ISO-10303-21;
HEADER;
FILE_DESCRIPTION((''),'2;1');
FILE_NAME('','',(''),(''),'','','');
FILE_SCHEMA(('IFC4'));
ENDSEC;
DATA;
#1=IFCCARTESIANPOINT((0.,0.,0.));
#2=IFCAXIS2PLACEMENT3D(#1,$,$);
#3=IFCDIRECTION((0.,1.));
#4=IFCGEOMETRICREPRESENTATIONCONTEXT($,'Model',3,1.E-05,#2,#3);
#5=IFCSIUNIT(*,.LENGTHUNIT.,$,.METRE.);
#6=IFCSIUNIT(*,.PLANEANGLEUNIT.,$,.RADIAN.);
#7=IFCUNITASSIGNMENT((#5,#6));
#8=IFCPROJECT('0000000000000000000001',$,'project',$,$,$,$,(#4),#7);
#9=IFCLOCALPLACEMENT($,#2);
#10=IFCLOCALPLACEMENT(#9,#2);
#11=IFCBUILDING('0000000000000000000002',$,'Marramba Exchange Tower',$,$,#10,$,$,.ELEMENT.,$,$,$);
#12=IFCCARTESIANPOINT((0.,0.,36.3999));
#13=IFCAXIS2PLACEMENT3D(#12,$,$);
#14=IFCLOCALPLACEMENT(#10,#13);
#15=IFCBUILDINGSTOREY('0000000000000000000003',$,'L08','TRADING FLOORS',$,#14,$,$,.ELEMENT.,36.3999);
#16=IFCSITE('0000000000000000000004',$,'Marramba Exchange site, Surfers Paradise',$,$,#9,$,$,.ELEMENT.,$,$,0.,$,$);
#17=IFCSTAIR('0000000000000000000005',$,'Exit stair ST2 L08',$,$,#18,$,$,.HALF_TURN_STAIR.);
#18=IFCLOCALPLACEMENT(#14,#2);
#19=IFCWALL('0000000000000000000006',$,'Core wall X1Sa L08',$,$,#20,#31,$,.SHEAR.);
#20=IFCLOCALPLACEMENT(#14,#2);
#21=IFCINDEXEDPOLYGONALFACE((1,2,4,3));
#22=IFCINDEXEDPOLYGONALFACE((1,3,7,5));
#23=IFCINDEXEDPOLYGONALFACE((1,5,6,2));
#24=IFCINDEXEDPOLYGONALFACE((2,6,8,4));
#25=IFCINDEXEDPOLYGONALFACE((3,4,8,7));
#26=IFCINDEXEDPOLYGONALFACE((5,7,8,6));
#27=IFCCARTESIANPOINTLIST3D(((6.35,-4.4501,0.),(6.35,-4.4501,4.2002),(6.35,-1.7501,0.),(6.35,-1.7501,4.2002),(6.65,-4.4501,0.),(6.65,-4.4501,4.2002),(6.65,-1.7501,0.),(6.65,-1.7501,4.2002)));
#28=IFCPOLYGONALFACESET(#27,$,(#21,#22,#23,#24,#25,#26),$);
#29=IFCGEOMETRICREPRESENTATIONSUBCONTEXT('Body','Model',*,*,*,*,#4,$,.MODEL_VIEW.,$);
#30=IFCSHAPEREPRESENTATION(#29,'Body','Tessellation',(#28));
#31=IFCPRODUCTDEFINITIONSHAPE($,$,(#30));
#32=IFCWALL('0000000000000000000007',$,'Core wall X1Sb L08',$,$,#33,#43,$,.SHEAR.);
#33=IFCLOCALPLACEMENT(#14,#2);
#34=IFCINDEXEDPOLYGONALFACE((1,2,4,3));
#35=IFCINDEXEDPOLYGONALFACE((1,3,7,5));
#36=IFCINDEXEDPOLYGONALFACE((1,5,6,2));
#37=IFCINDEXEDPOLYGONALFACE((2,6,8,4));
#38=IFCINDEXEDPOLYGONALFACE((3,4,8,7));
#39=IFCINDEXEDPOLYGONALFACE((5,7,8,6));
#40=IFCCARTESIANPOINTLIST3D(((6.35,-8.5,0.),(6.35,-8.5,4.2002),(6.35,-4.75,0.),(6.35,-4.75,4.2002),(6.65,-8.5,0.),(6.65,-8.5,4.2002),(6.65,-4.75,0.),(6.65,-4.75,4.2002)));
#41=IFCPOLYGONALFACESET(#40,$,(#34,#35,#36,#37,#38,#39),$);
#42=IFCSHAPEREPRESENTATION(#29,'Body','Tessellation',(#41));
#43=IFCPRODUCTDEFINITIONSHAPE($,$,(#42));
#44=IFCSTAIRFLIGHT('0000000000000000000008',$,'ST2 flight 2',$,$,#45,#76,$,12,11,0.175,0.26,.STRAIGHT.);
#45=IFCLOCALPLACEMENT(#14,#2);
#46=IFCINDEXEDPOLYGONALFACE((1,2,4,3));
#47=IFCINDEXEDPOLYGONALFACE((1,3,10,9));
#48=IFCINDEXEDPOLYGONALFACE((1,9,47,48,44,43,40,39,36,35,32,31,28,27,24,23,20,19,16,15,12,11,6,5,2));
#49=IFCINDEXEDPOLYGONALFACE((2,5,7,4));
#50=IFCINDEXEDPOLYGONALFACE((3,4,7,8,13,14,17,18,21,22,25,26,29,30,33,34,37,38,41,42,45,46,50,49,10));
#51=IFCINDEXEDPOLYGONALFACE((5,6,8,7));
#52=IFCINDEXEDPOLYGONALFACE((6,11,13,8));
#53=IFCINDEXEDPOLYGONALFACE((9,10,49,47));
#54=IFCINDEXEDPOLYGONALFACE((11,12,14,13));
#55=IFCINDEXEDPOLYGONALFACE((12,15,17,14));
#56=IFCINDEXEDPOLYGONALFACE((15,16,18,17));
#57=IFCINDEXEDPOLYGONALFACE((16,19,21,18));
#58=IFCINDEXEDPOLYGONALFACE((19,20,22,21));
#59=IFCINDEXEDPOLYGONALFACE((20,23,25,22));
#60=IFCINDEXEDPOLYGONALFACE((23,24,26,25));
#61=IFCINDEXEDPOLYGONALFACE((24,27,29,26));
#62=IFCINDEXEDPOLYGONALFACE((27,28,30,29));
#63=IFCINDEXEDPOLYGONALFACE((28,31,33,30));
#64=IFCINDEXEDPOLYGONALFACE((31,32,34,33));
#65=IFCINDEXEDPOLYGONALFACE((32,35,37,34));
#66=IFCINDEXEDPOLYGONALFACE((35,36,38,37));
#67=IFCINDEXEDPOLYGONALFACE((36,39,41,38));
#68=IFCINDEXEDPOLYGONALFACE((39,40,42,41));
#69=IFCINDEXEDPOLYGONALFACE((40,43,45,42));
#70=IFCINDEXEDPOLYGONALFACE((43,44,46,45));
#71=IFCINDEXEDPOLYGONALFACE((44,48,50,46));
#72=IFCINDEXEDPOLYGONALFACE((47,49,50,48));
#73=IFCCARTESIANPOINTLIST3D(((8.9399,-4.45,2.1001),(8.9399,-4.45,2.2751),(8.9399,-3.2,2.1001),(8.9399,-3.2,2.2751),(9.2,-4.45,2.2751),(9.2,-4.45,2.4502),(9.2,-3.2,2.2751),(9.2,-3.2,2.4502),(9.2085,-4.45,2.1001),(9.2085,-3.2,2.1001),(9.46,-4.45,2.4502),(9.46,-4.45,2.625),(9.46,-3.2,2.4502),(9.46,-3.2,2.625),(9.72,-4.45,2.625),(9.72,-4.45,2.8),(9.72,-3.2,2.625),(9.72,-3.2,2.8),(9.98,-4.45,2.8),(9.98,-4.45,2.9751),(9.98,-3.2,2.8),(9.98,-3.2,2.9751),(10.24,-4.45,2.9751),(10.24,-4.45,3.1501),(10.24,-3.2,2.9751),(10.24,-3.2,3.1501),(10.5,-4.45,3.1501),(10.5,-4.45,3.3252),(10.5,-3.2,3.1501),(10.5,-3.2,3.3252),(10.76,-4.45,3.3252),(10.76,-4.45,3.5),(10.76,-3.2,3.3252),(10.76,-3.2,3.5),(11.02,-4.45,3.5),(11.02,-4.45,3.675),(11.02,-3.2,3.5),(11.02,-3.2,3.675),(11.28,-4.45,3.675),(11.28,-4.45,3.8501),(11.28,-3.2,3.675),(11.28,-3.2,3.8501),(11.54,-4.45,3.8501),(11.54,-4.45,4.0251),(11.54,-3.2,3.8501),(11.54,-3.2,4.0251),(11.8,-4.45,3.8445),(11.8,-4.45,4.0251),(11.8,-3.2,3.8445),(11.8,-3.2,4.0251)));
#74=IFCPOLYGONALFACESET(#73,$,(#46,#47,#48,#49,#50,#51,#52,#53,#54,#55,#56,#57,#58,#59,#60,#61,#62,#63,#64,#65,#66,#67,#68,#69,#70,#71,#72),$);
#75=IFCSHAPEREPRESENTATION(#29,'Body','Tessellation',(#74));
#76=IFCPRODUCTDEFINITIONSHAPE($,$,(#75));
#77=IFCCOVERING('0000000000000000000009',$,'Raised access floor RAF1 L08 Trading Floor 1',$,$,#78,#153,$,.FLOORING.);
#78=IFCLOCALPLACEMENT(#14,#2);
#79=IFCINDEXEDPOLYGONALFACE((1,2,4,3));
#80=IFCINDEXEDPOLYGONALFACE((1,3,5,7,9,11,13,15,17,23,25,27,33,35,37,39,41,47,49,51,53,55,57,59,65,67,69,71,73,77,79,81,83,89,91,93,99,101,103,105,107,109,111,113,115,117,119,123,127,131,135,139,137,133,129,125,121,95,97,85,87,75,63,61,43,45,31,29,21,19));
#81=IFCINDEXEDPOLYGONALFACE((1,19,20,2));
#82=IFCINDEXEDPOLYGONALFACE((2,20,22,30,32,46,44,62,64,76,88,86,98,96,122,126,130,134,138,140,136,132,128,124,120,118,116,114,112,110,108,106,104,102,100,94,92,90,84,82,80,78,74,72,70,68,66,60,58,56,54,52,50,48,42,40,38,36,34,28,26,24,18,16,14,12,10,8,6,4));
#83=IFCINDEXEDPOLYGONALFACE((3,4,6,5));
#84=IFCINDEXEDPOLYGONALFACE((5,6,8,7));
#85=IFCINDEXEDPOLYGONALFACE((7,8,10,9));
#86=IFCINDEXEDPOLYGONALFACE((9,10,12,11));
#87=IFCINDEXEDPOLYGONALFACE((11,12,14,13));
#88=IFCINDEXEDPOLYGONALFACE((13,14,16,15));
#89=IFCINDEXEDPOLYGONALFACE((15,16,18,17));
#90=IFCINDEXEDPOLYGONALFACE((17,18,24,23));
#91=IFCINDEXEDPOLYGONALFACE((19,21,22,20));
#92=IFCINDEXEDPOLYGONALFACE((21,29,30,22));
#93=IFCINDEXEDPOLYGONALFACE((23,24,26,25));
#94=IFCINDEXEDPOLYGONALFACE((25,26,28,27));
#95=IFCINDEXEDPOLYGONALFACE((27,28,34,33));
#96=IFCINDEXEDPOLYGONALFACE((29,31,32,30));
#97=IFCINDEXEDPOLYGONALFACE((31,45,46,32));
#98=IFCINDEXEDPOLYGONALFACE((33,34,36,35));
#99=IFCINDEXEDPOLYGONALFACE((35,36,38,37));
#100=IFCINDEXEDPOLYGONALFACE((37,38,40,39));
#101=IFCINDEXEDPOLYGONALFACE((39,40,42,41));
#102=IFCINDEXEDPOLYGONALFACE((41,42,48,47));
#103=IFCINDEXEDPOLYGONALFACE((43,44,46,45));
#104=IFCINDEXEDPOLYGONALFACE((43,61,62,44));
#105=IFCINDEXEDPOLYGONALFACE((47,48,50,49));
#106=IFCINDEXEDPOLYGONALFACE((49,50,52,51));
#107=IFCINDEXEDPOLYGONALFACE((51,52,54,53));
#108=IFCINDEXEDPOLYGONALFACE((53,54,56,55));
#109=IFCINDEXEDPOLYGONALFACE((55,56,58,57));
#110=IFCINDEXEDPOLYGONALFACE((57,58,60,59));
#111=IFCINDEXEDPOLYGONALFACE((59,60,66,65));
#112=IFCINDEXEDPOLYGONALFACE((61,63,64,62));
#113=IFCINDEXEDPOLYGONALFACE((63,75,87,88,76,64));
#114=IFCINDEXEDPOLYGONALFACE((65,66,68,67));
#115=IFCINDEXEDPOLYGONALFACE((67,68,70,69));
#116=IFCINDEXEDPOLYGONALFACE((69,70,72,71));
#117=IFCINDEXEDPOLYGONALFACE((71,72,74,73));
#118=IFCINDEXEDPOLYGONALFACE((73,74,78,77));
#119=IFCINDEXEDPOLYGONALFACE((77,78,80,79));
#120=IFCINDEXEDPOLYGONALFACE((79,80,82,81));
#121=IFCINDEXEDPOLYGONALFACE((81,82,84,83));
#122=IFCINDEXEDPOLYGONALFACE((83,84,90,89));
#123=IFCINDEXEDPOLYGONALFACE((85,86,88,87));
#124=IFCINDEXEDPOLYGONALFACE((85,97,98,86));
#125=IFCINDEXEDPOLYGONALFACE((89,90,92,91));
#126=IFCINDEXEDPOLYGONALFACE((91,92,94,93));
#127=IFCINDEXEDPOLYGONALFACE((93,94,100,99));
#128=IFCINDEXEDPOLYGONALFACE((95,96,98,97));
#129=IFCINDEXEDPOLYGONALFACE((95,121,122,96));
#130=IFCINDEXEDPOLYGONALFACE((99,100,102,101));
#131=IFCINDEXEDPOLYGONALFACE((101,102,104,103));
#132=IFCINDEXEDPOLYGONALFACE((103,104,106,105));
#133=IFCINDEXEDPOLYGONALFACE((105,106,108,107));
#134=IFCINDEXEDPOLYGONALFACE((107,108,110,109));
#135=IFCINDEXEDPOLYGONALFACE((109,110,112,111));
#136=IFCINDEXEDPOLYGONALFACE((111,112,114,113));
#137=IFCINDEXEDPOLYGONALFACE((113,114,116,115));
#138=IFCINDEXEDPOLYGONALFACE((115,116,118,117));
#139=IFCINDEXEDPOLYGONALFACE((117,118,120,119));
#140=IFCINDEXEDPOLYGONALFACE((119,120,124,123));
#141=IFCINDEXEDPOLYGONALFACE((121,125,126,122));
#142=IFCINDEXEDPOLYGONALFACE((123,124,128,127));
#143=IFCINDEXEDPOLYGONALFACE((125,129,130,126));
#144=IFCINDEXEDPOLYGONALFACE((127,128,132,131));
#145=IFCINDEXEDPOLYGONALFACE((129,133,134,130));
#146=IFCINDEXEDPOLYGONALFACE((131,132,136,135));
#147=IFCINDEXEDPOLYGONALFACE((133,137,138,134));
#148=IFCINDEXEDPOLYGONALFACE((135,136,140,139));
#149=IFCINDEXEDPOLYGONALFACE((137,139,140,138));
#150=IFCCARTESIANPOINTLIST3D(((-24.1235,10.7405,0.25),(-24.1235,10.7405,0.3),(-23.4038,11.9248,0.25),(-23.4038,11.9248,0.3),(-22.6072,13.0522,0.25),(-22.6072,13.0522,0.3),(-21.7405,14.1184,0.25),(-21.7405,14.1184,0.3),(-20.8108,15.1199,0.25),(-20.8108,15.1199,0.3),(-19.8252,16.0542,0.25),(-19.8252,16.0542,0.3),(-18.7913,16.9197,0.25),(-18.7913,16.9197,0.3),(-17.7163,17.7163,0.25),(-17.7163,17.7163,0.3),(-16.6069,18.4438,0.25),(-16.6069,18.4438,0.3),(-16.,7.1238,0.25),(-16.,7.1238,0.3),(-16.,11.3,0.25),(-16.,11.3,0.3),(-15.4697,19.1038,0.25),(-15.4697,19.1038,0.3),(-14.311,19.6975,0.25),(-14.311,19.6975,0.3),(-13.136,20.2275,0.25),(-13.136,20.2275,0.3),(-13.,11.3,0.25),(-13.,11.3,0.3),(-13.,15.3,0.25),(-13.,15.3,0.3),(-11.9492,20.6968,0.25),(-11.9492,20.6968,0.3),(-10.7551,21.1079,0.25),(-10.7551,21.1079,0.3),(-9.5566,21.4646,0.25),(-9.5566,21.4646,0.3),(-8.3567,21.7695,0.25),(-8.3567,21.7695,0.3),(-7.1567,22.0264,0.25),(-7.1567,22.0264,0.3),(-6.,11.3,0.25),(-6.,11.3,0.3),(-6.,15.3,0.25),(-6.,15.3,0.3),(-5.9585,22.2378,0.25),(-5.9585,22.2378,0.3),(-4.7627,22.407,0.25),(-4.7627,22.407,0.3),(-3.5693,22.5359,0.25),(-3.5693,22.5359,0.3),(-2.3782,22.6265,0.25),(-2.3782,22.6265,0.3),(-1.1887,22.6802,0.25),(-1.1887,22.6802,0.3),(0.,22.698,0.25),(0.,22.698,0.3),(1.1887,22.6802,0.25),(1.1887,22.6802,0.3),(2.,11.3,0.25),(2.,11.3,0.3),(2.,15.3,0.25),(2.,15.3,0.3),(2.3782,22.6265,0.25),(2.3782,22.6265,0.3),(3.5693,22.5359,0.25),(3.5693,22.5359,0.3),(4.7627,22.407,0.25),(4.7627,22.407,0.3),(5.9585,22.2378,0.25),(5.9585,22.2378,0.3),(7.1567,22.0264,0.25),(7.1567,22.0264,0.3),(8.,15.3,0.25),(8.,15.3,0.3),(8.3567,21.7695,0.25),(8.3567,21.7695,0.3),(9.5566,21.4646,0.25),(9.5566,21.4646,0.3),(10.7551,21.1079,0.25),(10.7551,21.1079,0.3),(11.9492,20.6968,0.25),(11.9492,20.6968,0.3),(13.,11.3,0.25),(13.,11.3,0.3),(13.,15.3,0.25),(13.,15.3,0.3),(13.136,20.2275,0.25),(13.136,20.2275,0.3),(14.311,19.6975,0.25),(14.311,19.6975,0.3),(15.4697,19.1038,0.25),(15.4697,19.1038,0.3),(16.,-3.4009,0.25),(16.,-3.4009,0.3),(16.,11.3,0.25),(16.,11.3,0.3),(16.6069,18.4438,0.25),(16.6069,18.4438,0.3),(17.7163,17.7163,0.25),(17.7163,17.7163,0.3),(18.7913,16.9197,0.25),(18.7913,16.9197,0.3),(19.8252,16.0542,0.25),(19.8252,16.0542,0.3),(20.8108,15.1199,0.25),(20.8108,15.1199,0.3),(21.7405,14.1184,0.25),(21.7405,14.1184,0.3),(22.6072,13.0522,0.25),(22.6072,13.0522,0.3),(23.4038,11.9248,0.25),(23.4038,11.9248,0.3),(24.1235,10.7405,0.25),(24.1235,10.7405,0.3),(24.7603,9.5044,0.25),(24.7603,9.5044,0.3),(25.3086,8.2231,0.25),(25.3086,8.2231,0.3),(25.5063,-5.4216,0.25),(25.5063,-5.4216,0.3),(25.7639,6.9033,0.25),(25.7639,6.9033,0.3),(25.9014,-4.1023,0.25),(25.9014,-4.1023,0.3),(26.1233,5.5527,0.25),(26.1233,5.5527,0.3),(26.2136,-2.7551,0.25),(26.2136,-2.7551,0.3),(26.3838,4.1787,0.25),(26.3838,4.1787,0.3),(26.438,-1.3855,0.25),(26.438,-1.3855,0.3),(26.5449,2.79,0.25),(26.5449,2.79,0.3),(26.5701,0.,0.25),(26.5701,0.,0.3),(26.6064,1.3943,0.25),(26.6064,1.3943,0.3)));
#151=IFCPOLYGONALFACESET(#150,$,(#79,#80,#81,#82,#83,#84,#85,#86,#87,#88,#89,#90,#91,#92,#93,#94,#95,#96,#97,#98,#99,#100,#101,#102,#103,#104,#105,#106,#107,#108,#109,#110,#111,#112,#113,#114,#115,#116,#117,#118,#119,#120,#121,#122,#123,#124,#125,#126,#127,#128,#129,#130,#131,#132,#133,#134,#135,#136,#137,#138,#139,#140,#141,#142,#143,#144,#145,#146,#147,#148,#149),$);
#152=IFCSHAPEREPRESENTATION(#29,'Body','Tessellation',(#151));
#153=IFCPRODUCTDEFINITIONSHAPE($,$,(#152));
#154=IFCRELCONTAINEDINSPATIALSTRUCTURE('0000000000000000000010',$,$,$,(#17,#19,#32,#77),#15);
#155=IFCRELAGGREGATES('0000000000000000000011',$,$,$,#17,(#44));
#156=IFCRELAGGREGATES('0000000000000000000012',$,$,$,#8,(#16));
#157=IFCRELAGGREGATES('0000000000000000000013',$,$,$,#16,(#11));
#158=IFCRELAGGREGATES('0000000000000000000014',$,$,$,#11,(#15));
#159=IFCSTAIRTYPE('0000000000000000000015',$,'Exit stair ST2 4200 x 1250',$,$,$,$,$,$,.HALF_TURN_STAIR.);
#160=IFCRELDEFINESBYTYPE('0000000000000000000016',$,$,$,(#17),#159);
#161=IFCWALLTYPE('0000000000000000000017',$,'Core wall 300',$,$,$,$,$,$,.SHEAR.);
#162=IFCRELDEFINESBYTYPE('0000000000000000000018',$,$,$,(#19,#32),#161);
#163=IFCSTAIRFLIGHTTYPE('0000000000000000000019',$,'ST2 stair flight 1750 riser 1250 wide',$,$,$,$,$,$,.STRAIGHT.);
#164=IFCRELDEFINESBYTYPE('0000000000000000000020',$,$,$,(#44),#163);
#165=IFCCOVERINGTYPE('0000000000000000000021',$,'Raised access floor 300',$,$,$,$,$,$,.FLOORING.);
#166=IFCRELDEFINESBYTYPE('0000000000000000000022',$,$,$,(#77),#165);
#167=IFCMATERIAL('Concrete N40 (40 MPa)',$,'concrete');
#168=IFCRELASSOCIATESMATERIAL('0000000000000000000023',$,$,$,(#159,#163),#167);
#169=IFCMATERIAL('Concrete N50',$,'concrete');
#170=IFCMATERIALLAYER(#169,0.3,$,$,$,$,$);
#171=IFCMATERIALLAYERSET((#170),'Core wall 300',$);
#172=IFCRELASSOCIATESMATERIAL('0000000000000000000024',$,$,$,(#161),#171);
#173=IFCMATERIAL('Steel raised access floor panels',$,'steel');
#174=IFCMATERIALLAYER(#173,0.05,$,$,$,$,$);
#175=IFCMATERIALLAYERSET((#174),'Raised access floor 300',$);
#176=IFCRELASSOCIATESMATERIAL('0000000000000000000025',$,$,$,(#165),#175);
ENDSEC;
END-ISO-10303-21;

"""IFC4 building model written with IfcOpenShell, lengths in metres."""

from ifc_helpers import new_model, si_unit, direction, frame, frame_2d, origin, place, context, subcontext, project, spatial, polyline, rectangle, outline, extrude, material, layer, layer_set, type_object, element, aggregate, save


model = new_model("IFC4")

# Units and contexts
model_context = context("Model", 3, precision=1e-05, world=origin(), true_north=direction((0.0, 1.0)))
body_context = subcontext(model_context, "Body", "Model", "MODEL_VIEW")
ifc_project = project(units=[si_unit("LENGTHUNIT", "METRE"), si_unit("PLANEANGLEUNIT", "RADIAN")], contexts=[model_context])

# Site, building, storey
site_placement = place(None, origin())
site = spatial("IfcSite", under=ifc_project, at=site_placement, Name="Marramba Exchange site, Surfers Paradise", CompositionType="ELEMENT", RefElevation=0.0)
building_placement = place(site_placement, origin())
building = spatial("IfcBuilding", under=site, at=building_placement, Name="Marramba Exchange Tower", CompositionType="ELEMENT")
storey_placement = place(building_placement, frame((0.0, 0.0, 36.3999)))
storey = spatial("IfcBuildingStorey", under=building, at=storey_placement, Name="L08", Description="TRADING FLOORS", CompositionType="ELEMENT", Elevation=36.3999)

# Stair
ifc_material_1 = material(Name="Concrete N40 (40 MPa)", Category="concrete")
stair_type_1 = type_object("IfcStairType", Name="Exit stair ST2 4200 x 1250", PredefinedType="HALF_TURN_STAIR", material=ifc_material_1)
stair_1_placement = place(storey_placement, origin())
stair_1 = element("IfcStair", 1, at=stair_1_placement, inside=storey, type_object=stair_type_1, Name="Exit stair ST2 L08", PredefinedType="HALF_TURN_STAIR")

# Walls
ifc_material_2 = material(Name="Concrete N50", Category="concrete")
ifc_layer_1 = layer(ifc_material_2, 0.3)
ifc_layer_set_1 = layer_set([ifc_layer_1], Name="Core wall 300")
wall_type_1 = type_object("IfcWallType", Name="Core wall 300", PredefinedType="SHEAR", material=ifc_layer_set_1)
wall_1_placement = place(storey_placement, frame((6.5, -1.75, 0.0), z_axis=(0.0, 0.0, 1.0), x_axis=(0.0, -1.0, 0.0)))
element("IfcWall", 2, at=wall_1_placement, inside=storey, type_object=wall_type_1, Name="Core wall X1Sa L08", PredefinedType="SHEAR", context=body_context, shape_type="SweptSolid", body=[
    extrude(rectangle(XDim=2.7, YDim=0.3, at=frame_2d((1.3501, 0.0))), origin(), (0.0, 0.0, 1.0), 4.2002),
])
wall_2_placement = place(storey_placement, frame((6.5, -4.75, 0.0), z_axis=(0.0, 0.0, 1.0), x_axis=(0.0, -1.0, 0.0)))
element("IfcWall", 3, at=wall_2_placement, inside=storey, type_object=wall_type_1, Name="Core wall X1Sb L08", PredefinedType="SHEAR", context=body_context, shape_type="SweptSolid", body=[
    extrude(rectangle(XDim=3.75, YDim=0.3, at=frame_2d((1.875, 0.0))), origin(), (0.0, 0.0, 1.0), 4.2002),
])

# Stair flight
stair_flight_type = type_object("IfcStairFlightType", Name="ST2 stair flight 1750 riser 1250 wide", PredefinedType="STRAIGHT", material=ifc_material_1)
stair_flight_placement = place(storey_placement, frame((8.9399, -3.825, 2.1001), z_axis=(0.0, 0.0, 1.0), x_axis=(1.0, 0.0, 0.0)))
stair_flight = element("IfcStairFlight", 4, at=stair_flight_placement, type_object=stair_flight_type, Name="ST2 flight 2", NumberOfRisers=12, NumberOfTreads=11, PredefinedType="STRAIGHT", RiserHeight=0.175, TreadLength=0.26, context=body_context, shape_type="SweptSolid", body=[
    extrude(outline(polyline([(0.0, 0.0), (0.0, 0.175), (0.26, 0.175), (0.26, 0.3501), (0.52, 0.3501), (0.52, 0.5249), (0.78, 0.5249), (0.78, 0.7), (1.04, 0.7), (1.04, 0.875), (1.3, 0.875), (1.3, 1.05), (1.5601, 1.05), (1.5601, 1.2251), (1.8201, 1.2251), (1.8201, 1.3999), (2.0801, 1.3999), (2.0801, 1.575), (2.3401, 1.575), (2.3401, 1.75), (2.6001, 1.75), (2.6001, 1.925), (2.8601, 1.925), (2.8601, 2.1001), (2.8601, 1.7444), (0.2686, 0.0), (0.0, 0.0)])), frame((0.0, 0.625, 0.0), z_axis=(0.0, -1.0, 0.0), x_axis=(1.0, 0.0, 0.0)), (0.0, 0.0, 1.0), 1.25),
])
aggregate(stair_1, [stair_flight])

# Covering
ifc_material_3 = material(Name="Steel raised access floor panels", Category="steel")
ifc_layer_2 = layer(ifc_material_3, 0.05)
ifc_layer_set_2 = layer_set([ifc_layer_2], Name="Raised access floor 300")
covering_type_1 = type_object("IfcCoveringType", Name="Raised access floor 300", PredefinedType="FLOORING", material=ifc_layer_set_2)
covering_1_placement = place(storey_placement, frame((0.0, 0.0, 0.25)))
element("IfcCovering", 5, at=covering_1_placement, inside=storey, type_object=covering_type_1, Name="Raised access floor RAF1 L08 Trading Floor 1", PredefinedType="FLOORING", context=body_context, shape_type="SweptSolid", body=[
    extrude(outline(polyline([(13.0, 11.3), (13.0, 15.3), (8.0, 15.3), (2.0, 15.3), (2.0, 11.3), (-6.0, 11.3), (-6.0, 15.3), (-13.0, 15.3), (-13.0, 11.3), (-16.0, 11.3), (-16.0, 7.1238), (-24.1235, 10.7405), (-23.4038, 11.9248), (-22.6072, 13.0522), (-21.7405, 14.1184), (-20.8108, 15.1199), (-19.8252, 16.0542), (-18.7913, 16.9197), (-17.7163, 17.7163), (-16.6069, 18.4438), (-15.4697, 19.1038), (-14.311, 19.6975), (-13.136, 20.2275), (-11.9492, 20.6968), (-10.7551, 21.1079), (-9.5566, 21.4646), (-8.3567, 21.7695), (-7.1567, 22.0264), (-5.9585, 22.2378), (-4.7627, 22.407), (-3.5693, 22.5359), (-2.3782, 22.6265), (-1.1887, 22.6802), (0.0, 22.698), (1.1887, 22.6802), (2.3782, 22.6265), (3.5693, 22.5359), (4.7627, 22.407), (5.9585, 22.2378), (7.1567, 22.0264), (8.3567, 21.7695), (9.5566, 21.4646), (10.7551, 21.1079), (11.9492, 20.6968), (13.136, 20.2275), (14.311, 19.6975), (15.4697, 19.1038), (16.6069, 18.4438), (17.7163, 17.7163), (18.7913, 16.9197), (19.8252, 16.0542), (20.8108, 15.1199), (21.7405, 14.1184), (22.6072, 13.0522), (23.4038, 11.9248), (24.1235, 10.7405), (24.7603, 9.5044), (25.3086, 8.2231), (25.7639, 6.9033), (26.1233, 5.5527), (26.3838, 4.1787), (26.5449, 2.79), (26.6064, 1.3943), (26.5701, 0.0), (26.438, -1.3855), (26.2136, -2.7551), (25.9014, -4.1023), (25.5063, -5.4216), (16.0, -3.4009), (16.0, 11.3), (13.0, 11.3)])), origin(), (0.0, 0.0, 1.0), 0.05),
])

save(model, "model.ifc")
